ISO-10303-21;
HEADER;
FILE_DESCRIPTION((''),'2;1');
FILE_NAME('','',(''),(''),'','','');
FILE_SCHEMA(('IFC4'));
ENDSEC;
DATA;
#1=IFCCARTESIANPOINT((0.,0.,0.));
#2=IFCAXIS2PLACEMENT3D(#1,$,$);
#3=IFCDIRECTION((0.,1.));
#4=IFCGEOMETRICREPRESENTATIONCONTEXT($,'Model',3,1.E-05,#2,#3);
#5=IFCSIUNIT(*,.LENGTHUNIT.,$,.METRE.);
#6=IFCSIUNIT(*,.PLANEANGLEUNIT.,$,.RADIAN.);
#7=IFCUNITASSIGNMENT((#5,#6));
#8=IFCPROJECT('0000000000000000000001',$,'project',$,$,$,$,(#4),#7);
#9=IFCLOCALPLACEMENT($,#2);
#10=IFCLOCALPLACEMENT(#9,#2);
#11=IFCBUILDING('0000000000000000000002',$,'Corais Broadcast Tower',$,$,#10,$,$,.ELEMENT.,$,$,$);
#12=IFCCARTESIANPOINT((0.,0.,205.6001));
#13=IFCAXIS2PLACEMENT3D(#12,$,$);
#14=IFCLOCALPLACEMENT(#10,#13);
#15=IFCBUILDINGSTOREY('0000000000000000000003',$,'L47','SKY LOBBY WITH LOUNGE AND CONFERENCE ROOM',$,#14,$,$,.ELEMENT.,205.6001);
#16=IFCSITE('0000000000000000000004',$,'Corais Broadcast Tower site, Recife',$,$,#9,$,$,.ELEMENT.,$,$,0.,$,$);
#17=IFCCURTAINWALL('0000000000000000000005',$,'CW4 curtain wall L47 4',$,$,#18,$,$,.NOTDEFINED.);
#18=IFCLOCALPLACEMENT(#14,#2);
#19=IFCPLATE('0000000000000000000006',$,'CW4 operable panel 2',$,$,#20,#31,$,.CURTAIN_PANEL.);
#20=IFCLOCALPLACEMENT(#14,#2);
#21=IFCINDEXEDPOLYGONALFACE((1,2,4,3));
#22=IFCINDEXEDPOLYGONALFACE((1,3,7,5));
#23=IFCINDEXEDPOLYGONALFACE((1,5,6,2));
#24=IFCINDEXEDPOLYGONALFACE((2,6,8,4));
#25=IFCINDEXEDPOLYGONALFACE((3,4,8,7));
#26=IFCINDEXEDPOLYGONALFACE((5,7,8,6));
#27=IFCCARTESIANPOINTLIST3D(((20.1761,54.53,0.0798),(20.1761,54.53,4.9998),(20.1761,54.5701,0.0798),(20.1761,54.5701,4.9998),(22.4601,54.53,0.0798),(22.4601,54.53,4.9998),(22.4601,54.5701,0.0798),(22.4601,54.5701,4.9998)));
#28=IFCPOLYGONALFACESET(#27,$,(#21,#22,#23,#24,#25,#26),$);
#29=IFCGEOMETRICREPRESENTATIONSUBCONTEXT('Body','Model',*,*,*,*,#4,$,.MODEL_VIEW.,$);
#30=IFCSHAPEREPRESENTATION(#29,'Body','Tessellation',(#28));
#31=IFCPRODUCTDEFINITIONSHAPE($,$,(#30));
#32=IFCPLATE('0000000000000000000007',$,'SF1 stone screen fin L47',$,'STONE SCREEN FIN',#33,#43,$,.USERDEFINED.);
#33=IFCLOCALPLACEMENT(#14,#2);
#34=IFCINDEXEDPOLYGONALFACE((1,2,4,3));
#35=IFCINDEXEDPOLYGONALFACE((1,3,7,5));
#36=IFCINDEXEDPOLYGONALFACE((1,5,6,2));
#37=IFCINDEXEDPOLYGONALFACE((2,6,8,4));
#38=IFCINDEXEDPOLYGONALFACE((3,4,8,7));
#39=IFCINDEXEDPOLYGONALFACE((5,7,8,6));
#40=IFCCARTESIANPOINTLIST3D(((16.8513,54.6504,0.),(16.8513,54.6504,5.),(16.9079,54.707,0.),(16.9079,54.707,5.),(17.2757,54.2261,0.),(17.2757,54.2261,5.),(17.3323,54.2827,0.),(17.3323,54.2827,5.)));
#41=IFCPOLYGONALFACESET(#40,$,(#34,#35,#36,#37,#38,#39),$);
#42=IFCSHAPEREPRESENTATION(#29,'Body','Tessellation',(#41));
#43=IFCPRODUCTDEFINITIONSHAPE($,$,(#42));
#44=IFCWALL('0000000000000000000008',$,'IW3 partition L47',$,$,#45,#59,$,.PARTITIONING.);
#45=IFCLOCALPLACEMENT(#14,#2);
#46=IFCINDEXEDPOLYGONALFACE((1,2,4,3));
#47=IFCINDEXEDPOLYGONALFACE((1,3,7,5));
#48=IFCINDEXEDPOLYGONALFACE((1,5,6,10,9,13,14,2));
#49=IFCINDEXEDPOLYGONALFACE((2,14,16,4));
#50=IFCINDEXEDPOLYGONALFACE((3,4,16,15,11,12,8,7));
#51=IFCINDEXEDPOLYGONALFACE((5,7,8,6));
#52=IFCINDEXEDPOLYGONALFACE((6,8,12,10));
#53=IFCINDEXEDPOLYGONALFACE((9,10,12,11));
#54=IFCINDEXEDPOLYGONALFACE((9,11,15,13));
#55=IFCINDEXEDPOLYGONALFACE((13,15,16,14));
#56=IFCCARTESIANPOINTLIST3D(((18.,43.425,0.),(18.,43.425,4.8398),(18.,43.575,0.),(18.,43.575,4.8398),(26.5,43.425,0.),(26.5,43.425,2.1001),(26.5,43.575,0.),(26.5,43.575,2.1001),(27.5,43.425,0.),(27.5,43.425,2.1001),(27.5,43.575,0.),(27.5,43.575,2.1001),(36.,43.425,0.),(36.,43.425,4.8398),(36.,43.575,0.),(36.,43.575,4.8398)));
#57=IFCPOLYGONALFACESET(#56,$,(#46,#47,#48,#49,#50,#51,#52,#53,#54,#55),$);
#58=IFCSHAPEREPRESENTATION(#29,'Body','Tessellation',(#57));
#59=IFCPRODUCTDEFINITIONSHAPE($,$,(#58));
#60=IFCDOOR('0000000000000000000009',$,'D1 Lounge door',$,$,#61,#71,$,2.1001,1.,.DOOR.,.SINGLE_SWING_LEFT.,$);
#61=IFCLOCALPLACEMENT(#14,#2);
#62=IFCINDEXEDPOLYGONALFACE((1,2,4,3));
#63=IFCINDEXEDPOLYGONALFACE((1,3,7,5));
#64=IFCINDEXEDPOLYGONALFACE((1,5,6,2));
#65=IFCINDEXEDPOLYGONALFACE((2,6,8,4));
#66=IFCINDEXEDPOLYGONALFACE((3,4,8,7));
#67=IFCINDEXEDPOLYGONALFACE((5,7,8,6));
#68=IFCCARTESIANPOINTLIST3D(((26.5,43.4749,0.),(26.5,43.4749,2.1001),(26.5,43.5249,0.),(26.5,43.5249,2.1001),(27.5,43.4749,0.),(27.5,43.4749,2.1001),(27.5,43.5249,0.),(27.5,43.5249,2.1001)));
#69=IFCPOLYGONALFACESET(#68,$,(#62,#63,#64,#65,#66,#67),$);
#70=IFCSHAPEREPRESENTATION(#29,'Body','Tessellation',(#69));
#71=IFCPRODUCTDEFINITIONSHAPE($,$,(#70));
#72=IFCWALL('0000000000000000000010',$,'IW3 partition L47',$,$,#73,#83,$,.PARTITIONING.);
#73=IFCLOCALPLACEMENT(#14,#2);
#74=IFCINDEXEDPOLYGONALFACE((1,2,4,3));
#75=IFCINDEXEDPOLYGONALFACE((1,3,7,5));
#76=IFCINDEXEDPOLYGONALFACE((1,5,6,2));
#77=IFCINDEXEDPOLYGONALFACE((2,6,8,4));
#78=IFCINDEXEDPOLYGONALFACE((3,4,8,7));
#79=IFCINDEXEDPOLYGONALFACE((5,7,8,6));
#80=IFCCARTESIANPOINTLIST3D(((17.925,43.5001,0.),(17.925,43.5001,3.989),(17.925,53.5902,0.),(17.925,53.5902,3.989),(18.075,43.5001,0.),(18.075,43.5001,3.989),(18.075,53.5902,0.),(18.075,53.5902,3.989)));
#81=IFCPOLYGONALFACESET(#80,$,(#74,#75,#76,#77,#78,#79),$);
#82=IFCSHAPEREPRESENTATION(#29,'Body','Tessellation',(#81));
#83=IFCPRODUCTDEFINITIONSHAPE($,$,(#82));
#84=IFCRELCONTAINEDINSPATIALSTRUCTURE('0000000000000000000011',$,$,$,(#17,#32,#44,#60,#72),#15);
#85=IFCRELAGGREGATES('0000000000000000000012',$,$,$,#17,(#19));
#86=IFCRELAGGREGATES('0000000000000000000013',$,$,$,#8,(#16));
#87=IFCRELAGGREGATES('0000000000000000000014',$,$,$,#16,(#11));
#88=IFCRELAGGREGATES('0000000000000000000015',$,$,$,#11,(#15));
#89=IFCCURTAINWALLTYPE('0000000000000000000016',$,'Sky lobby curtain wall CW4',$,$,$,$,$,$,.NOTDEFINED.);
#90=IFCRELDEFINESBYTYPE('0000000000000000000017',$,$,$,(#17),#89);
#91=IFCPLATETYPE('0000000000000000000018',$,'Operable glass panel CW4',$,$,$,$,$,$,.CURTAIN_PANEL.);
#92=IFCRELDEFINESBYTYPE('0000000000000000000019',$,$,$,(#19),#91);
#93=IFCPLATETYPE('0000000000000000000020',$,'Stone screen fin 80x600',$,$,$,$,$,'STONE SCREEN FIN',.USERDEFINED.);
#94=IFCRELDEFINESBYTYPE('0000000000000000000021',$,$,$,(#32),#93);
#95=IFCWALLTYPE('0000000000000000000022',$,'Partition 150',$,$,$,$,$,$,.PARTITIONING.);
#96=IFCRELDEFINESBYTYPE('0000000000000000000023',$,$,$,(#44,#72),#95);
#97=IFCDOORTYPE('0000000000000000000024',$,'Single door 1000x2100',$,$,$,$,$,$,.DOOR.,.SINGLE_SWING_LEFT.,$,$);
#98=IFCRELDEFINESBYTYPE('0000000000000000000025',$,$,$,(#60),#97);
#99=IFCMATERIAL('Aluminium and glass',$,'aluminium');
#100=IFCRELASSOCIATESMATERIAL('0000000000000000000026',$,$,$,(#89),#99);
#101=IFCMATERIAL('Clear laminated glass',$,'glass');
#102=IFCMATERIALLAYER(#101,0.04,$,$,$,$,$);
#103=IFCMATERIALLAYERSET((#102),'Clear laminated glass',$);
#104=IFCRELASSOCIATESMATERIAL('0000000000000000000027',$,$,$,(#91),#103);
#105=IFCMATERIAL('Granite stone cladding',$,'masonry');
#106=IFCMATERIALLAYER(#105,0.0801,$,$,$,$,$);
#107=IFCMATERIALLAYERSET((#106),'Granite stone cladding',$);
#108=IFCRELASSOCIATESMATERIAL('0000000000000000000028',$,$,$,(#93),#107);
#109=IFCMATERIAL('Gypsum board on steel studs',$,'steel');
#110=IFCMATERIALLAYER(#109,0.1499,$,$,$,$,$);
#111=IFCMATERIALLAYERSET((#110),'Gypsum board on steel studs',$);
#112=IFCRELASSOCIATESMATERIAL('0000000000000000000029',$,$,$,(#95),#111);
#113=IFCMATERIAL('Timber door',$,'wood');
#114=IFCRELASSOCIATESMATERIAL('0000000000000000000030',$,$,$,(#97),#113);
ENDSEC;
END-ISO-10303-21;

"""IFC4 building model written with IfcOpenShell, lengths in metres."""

from ifc_helpers import new_model, si_unit, direction, frame, frame_2d, origin, origin_2d, place, context, subcontext, project, spatial, rectangle, extrude, material, layer, layer_set, type_object, element, fill, aggregate, save


model = new_model("IFC4")

# Units and contexts
model_context = context("Model", 3, precision=1e-05, world=origin(), true_north=direction((0.0, 1.0)))
body_context = subcontext(model_context, "Body", "Model", "MODEL_VIEW")
ifc_project = project(units=[si_unit("LENGTHUNIT", "METRE"), si_unit("PLANEANGLEUNIT", "RADIAN")], contexts=[model_context])

# Site, building, storey
site_placement = place(None, origin())
site = spatial("IfcSite", under=ifc_project, at=site_placement, Name="Corais Broadcast Tower site, Recife", CompositionType="ELEMENT", RefElevation=0.0)
building_placement = place(site_placement, origin())
building = spatial("IfcBuilding", under=site, at=building_placement, Name="Corais Broadcast Tower", CompositionType="ELEMENT")
storey_placement = place(building_placement, frame((0.0, 0.0, 205.6001)))
storey = spatial("IfcBuildingStorey", under=building, at=storey_placement, Name="L47", Description="SKY LOBBY WITH LOUNGE AND CONFERENCE ROOM", CompositionType="ELEMENT", Elevation=205.6001)

# Curtain wall
ifc_material_1 = material(Name="Aluminium and glass", Category="aluminium")
curtain_wall_type = type_object("IfcCurtainWallType", Name="Sky lobby curtain wall CW4", PredefinedType="NOTDEFINED", material=ifc_material_1)
curtain_wall_1_placement = place(storey_placement, origin())
curtain_wall_1 = element("IfcCurtainWall", 1, at=curtain_wall_1_placement, inside=storey, type_object=curtain_wall_type, Name="CW4 curtain wall L47 4", PredefinedType="NOTDEFINED")

# Plates
ifc_material_2 = material(Name="Clear laminated glass", Category="glass")
ifc_layer_1 = layer(ifc_material_2, 0.04)
ifc_layer_set_1 = layer_set([ifc_layer_1], Name="Clear laminated glass")
plate_type_1 = type_object("IfcPlateType", Name="Operable glass panel CW4", PredefinedType="CURTAIN_PANEL", material=ifc_layer_set_1)
plate_1_placement = place(storey_placement, frame((21.3181, 54.55, 0.0798), z_axis=(0.0, 0.0, 1.0), x_axis=(1.0, 0.0, 0.0)))
plate_1 = element("IfcPlate", 2, at=plate_1_placement, type_object=plate_type_1, Name="CW4 operable panel 2", PredefinedType="CURTAIN_PANEL", context=body_context, shape_type="SweptSolid", body=[
    extrude(rectangle(XDim=2.2839, YDim=0.04, at=origin_2d()), origin(), (0.0, 0.0, 1.0), 4.9199),
])
aggregate(curtain_wall_1, [plate_1])
ifc_material_3 = material(Name="Granite stone cladding", Category="masonry")
ifc_layer_2 = layer(ifc_material_3, 0.0801)
ifc_layer_set_2 = layer_set([ifc_layer_2], Name="Granite stone cladding")
plate_type_2 = type_object("IfcPlateType", Name="Stone screen fin 80x600", ElementType="STONE SCREEN FIN", PredefinedType="USERDEFINED", material=ifc_layer_set_2)
plate_2_placement = place(storey_placement, frame((17.0918, 54.4666, 0.0), z_axis=(0.0, 0.0, 1.0), x_axis=(0.707107, 0.707107, 0.0)))
element("IfcPlate", 3, at=plate_2_placement, inside=storey, type_object=plate_type_2, Name="SF1 stone screen fin L47", ObjectType="STONE SCREEN FIN", PredefinedType="USERDEFINED", context=body_context, shape_type="SweptSolid", body=[
    extrude(rectangle(XDim=0.0801, YDim=0.6001, at=origin_2d()), origin(), (0.0, 0.0, 1.0), 5.0),
])

# Wall, opening, door
ifc_material_4 = material(Name="Gypsum board on steel studs", Category="steel")
ifc_layer_3 = layer(ifc_material_4, 0.1499)
ifc_layer_set_3 = layer_set([ifc_layer_3], Name="Gypsum board on steel studs")
wall_type = type_object("IfcWallType", Name="Partition 150", PredefinedType="PARTITIONING", material=ifc_layer_set_3)
wall_1_placement = place(storey_placement, frame((18.0, 43.5, 0.0), z_axis=(0.0, 0.0, 1.0), x_axis=(1.0, 0.0, 0.0)))
wall_1 = element("IfcWall", 4, at=wall_1_placement, inside=storey, type_object=wall_type, Name="IW3 partition L47", PredefinedType="PARTITIONING", context=body_context, shape_type="SweptSolid", body=[
    extrude(rectangle(XDim=18.0, YDim=0.1499, at=frame_2d((9.0, 0.0))), origin(), (0.0, 0.0, 1.0), 4.8398),
])
opening_placement = place(wall_1_placement, frame((8.5, 0.0, 0.0)))
opening = element("IfcOpeningElement", 5, at=opening_placement, cuts=wall_1, PredefinedType="OPENING", context=body_context, shape_type="SweptSolid", body=[
    extrude(rectangle(XDim=1.0, YDim=2.1001, at=frame_2d((0.5, 1.05))), frame((0.0, 0.085, 0.0), z_axis=(0.0, -1.0, 0.0), x_axis=(1.0, 0.0, 0.0)), (0.0, 0.0, 1.0), 0.1699),
])
ifc_material_5 = material(Name="Timber door", Category="wood")
door_type = type_object("IfcDoorType", Name="Single door 1000x2100", OperationType="SINGLE_SWING_LEFT", PredefinedType="DOOR", material=ifc_material_5)
door_placement = place(opening_placement, origin())
door = element("IfcDoor", 6, at=door_placement, inside=storey, type_object=door_type, Name="D1 Lounge door", OperationType="SINGLE_SWING_LEFT", OverallHeight=2.1001, OverallWidth=1.0, PredefinedType="DOOR", context=body_context, shape_type="SweptSolid", body=[
    extrude(rectangle(XDim=1.0, YDim=2.1001, at=frame_2d((0.5, 1.05))), frame((0.0, 0.0249, 0.0), z_axis=(0.0, -1.0, 0.0), x_axis=(1.0, 0.0, 0.0)), (0.0, 0.0, 1.0), 0.05),
])
fill(opening, door)

# Wall
wall_2_placement = place(storey_placement, frame((18.0, 53.5901, 0.0), z_axis=(0.0, 0.0, 1.0), x_axis=(0.0, -1.0, 0.0)))
element("IfcWall", 7, at=wall_2_placement, inside=storey, type_object=wall_type, Name="IW3 partition L47", PredefinedType="PARTITIONING", context=body_context, shape_type="SweptSolid", body=[
    extrude(rectangle(XDim=10.0901, YDim=0.1499, at=frame_2d((5.0449, 0.0))), origin(), (0.0, 0.0, 1.0), 3.989),
])

save(model, "model.ifc")
